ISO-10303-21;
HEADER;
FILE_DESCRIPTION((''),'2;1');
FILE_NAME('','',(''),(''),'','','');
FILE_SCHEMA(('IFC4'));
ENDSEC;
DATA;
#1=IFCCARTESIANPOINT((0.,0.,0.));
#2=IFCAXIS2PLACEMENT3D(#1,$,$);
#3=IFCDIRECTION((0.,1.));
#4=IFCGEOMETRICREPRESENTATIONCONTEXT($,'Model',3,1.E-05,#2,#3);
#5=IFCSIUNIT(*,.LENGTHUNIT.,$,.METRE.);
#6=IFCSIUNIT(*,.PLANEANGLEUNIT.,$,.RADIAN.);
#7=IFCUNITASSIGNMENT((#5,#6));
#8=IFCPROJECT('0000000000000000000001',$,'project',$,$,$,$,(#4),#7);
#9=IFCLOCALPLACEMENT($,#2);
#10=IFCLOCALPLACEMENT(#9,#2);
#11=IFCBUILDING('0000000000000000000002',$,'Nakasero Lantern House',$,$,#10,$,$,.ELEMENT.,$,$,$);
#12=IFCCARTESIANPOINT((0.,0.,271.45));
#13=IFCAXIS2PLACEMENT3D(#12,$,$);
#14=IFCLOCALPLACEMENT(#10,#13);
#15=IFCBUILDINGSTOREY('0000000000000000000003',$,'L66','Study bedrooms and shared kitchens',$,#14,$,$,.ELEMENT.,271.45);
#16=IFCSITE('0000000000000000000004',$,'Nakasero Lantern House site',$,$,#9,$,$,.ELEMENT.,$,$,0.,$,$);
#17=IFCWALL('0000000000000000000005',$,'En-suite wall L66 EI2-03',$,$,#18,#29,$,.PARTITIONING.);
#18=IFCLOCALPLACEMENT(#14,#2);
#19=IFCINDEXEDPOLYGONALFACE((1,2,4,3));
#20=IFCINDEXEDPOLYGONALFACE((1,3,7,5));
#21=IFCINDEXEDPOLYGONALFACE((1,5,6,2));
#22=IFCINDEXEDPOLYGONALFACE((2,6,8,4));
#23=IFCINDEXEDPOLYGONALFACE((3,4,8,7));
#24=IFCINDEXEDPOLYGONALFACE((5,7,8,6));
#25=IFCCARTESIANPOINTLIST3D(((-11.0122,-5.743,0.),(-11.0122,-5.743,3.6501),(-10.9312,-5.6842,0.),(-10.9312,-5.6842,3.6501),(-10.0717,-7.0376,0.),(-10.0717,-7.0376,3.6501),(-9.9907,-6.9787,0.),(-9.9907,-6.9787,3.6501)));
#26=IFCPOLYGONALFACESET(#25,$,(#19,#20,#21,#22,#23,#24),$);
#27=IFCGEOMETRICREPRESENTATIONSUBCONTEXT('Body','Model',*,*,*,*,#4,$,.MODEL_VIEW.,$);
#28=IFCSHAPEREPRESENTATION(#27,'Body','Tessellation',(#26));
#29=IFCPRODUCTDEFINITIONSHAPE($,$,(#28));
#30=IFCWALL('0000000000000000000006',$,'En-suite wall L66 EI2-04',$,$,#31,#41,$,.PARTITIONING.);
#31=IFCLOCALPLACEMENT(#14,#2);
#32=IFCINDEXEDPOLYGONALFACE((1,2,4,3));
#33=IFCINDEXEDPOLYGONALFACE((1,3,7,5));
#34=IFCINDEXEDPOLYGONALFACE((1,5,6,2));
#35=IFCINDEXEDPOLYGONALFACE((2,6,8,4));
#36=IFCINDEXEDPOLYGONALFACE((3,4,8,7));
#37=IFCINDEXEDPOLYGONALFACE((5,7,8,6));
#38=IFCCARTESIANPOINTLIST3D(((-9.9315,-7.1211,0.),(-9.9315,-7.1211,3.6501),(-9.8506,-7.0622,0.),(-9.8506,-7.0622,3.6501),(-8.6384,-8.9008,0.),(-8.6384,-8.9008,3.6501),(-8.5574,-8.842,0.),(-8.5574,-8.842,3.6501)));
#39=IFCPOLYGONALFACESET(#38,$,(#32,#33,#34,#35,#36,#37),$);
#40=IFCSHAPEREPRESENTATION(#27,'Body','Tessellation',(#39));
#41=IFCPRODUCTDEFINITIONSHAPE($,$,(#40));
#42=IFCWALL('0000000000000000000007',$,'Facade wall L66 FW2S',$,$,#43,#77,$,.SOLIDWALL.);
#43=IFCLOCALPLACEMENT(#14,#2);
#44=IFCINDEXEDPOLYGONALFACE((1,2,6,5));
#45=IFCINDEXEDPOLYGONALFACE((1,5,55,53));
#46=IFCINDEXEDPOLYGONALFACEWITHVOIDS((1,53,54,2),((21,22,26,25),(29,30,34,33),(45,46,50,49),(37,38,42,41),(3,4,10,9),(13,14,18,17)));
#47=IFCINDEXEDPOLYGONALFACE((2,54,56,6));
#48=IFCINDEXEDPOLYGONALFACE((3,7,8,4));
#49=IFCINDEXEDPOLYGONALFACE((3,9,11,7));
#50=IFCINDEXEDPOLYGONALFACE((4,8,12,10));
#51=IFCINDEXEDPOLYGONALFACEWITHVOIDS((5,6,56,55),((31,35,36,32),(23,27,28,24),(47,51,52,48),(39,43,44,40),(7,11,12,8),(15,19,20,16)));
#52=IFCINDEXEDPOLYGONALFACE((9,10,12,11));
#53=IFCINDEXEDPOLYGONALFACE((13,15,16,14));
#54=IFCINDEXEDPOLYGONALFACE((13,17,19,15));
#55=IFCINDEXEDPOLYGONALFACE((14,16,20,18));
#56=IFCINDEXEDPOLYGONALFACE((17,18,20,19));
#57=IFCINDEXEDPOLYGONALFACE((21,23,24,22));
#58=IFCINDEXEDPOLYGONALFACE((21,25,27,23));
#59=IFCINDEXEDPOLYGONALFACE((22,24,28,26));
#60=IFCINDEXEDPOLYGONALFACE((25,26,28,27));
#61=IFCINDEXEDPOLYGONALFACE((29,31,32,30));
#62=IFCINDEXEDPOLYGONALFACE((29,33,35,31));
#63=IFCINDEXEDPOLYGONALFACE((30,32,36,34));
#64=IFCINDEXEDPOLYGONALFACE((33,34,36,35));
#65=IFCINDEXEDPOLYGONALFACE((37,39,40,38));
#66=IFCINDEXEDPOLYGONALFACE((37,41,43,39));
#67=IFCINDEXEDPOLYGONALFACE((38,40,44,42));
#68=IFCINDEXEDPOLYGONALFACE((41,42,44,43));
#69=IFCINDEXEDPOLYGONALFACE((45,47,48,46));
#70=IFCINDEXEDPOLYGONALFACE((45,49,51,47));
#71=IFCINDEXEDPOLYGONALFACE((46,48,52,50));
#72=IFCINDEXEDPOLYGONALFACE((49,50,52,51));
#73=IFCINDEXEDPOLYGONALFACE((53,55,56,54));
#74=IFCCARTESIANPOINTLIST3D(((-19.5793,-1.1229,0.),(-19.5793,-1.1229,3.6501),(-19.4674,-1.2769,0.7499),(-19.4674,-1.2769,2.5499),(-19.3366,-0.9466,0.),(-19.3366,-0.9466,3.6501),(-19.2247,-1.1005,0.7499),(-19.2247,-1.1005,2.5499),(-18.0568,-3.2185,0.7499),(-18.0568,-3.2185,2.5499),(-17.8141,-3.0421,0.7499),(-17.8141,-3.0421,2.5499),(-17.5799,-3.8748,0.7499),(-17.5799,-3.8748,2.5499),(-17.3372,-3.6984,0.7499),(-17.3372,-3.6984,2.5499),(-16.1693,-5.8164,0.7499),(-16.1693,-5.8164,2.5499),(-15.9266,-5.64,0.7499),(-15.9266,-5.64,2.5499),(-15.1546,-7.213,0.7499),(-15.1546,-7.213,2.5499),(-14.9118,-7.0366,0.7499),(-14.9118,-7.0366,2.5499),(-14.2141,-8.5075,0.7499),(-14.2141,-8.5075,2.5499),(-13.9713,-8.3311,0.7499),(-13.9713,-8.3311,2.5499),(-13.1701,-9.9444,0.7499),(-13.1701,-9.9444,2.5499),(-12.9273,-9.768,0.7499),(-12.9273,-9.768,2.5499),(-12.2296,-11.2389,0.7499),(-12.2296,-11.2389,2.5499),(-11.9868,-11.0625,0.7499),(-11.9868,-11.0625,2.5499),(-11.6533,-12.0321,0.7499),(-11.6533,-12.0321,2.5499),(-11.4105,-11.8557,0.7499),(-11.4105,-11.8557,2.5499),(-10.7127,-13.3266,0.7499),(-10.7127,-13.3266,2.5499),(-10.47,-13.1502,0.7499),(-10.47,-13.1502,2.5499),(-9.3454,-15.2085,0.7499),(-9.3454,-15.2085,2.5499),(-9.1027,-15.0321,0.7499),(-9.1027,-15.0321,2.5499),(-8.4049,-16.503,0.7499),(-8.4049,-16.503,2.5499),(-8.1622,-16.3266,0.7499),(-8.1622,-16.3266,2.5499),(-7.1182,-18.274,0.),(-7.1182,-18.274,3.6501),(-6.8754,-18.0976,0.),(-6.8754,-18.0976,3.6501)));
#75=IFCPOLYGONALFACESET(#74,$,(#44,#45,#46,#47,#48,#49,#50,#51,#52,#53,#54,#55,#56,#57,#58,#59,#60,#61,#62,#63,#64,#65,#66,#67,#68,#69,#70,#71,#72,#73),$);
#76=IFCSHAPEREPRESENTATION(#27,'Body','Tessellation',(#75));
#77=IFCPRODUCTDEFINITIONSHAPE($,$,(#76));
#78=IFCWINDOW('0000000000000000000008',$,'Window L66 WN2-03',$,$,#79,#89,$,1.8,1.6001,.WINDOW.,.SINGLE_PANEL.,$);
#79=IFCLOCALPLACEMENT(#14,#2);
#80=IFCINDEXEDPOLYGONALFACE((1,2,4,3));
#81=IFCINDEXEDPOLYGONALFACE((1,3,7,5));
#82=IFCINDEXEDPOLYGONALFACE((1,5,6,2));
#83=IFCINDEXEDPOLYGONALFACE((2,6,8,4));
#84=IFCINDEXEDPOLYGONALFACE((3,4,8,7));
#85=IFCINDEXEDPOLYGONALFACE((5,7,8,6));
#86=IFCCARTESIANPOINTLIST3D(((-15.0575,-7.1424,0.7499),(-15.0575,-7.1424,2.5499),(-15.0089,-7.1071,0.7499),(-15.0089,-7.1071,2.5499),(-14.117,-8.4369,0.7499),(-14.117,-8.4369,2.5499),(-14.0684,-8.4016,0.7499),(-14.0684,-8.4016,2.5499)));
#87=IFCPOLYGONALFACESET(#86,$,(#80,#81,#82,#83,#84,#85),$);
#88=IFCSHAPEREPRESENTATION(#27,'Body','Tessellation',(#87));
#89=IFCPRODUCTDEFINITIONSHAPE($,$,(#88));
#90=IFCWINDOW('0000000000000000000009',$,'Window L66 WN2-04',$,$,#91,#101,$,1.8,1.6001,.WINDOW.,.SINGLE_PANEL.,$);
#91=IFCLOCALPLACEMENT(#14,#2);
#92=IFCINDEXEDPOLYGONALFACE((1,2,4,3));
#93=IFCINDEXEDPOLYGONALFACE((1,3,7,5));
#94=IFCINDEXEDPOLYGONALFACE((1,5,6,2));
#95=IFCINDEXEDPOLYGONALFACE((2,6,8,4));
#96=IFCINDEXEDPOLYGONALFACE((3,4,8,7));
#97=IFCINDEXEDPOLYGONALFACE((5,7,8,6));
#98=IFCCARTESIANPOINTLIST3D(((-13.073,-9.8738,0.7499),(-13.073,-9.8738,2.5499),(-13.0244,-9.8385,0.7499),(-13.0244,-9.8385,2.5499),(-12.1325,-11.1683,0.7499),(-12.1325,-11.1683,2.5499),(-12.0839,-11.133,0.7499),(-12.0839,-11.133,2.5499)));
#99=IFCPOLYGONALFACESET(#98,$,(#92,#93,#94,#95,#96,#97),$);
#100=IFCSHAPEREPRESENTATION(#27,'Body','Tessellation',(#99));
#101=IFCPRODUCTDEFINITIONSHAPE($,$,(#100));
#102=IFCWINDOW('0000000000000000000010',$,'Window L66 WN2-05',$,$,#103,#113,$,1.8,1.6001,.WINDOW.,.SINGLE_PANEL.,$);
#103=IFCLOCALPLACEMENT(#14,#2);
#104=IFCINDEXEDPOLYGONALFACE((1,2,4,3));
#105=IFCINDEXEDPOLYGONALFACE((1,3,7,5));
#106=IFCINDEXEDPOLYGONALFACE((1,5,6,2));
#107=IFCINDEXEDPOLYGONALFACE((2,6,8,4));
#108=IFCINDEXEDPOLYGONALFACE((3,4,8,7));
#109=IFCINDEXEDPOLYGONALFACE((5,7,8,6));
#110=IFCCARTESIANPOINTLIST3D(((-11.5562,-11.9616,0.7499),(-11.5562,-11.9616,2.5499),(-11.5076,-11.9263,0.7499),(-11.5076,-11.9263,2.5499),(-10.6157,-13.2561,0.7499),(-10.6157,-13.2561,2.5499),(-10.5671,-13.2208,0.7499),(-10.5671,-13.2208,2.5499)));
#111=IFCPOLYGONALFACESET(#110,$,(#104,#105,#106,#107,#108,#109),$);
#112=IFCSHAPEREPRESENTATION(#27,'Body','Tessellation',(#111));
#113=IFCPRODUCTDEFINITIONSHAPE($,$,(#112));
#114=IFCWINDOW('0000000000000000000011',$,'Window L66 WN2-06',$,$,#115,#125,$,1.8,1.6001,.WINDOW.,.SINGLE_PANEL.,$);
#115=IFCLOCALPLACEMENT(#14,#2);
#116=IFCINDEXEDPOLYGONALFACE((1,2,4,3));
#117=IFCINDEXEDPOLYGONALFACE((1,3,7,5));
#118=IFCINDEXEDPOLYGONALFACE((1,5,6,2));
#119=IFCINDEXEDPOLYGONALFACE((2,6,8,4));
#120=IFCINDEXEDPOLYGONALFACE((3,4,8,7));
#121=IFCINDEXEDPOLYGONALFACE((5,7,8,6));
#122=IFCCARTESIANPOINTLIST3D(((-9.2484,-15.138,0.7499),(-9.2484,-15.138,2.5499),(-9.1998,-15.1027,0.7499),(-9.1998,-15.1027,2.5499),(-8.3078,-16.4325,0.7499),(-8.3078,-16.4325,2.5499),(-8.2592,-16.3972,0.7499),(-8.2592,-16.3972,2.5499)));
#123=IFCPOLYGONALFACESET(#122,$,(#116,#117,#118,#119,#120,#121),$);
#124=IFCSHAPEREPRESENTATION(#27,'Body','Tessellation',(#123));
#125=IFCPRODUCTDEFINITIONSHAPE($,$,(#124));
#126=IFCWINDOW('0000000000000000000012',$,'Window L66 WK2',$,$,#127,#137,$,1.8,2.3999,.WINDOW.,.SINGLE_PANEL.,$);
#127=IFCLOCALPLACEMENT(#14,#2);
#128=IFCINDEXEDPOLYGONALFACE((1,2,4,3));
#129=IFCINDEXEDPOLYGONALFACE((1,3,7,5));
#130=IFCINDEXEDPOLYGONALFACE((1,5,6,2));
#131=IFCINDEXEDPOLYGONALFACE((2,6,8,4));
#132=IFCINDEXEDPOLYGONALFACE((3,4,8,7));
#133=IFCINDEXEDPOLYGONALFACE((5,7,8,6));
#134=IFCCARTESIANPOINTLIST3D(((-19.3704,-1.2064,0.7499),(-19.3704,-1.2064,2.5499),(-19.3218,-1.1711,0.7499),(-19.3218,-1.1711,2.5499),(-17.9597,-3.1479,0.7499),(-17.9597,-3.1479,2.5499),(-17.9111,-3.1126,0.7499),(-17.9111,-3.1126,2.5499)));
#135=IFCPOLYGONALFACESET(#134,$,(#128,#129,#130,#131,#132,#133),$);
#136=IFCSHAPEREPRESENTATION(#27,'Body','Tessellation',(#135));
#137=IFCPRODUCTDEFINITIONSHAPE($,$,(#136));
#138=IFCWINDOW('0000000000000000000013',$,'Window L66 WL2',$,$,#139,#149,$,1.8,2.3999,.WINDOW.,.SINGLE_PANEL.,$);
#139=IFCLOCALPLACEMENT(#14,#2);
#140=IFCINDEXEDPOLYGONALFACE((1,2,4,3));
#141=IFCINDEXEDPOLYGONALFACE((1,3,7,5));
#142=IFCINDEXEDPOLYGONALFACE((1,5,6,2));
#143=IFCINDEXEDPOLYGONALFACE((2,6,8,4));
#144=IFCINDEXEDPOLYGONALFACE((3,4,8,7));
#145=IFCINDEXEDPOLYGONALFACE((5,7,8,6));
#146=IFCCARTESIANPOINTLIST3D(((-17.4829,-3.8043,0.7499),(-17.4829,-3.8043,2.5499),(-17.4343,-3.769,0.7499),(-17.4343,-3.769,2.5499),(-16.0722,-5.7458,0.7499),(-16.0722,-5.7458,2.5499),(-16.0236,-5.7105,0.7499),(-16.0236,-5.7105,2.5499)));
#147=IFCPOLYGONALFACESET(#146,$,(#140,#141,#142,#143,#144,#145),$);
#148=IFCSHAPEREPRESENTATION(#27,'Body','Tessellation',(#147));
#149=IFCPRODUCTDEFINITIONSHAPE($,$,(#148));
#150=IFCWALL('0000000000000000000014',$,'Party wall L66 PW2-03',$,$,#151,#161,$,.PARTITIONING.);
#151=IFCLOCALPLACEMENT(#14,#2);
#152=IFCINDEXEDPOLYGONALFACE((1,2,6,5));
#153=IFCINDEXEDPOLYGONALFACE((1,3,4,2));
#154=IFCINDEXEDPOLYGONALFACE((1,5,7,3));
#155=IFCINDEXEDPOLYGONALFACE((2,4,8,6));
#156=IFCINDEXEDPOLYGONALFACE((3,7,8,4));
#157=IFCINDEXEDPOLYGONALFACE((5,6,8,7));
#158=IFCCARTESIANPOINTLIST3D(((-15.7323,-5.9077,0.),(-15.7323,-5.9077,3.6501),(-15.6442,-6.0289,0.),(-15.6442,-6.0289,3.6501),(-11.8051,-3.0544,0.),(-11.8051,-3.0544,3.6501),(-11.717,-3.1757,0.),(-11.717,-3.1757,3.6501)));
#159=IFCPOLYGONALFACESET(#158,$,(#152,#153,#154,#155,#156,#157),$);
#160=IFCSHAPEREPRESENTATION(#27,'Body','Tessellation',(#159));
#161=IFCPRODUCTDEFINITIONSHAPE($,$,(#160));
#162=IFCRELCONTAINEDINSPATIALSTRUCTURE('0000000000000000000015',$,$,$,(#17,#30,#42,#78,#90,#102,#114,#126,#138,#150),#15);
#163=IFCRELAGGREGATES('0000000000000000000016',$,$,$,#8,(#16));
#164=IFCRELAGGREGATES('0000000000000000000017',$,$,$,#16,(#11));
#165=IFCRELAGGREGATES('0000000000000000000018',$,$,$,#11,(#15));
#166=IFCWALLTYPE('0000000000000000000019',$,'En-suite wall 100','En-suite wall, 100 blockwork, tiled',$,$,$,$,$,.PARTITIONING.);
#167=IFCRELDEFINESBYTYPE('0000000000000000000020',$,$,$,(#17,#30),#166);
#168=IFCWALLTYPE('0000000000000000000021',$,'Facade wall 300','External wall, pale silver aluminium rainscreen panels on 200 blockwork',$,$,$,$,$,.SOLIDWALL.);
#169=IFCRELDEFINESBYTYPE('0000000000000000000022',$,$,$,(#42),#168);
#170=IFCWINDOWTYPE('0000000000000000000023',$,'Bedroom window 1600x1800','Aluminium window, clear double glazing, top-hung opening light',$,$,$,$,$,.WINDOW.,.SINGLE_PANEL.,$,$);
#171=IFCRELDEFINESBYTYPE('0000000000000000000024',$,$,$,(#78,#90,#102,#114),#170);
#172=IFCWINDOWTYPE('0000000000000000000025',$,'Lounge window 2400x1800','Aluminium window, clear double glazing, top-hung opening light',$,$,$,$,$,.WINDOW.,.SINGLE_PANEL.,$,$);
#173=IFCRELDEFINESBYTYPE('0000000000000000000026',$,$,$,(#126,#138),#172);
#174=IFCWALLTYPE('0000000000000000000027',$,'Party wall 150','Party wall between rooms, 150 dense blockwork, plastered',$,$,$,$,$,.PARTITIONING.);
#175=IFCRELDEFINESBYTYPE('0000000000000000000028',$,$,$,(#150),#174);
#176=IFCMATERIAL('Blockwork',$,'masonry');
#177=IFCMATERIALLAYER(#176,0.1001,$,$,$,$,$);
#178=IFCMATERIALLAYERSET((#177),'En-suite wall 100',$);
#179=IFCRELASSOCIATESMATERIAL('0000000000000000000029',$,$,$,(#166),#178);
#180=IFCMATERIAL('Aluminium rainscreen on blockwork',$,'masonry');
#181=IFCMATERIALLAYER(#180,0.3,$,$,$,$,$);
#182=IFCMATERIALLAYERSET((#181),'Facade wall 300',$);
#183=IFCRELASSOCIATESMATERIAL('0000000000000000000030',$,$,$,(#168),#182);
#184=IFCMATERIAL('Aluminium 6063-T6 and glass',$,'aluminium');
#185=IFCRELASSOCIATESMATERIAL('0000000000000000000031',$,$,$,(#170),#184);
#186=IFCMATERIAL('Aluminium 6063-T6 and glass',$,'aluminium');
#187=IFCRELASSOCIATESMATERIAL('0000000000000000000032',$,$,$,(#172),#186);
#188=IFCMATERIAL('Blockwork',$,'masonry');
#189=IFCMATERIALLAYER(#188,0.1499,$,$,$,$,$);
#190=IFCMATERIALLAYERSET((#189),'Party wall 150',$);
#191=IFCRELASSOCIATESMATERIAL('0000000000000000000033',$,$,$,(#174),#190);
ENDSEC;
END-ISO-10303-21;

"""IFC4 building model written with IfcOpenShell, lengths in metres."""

from ifc_helpers import new_model, si_unit, direction, frame, frame_2d, origin, place, context, subcontext, project, spatial, rectangle, extrude, material, layer, layer_set, type_object, element, fill, save


model = new_model("IFC4")

# Units and contexts
model_context = context("Model", 3, precision=1e-05, world=origin(), true_north=direction((0.0, 1.0)))
body_context = subcontext(model_context, "Body", "Model", "MODEL_VIEW")
ifc_project = project(units=[si_unit("LENGTHUNIT", "METRE"), si_unit("PLANEANGLEUNIT", "RADIAN")], contexts=[model_context])

# Site, building, storey
site_placement = place(None, origin())
site = spatial("IfcSite", under=ifc_project, at=site_placement, Name="Nakasero Lantern House site", CompositionType="ELEMENT", RefElevation=0.0)
building_placement = place(site_placement, origin())
building = spatial("IfcBuilding", under=site, at=building_placement, Name="Nakasero Lantern House", CompositionType="ELEMENT")
storey_placement = place(building_placement, frame((0.0, 0.0, 271.45)))
storey = spatial("IfcBuildingStorey", under=building, at=storey_placement, Name="L66", Description="Study bedrooms and shared kitchens", CompositionType="ELEMENT", Elevation=271.45)

# Shared definitions
ifc_material_1 = material(Name="Blockwork", Category="masonry")
ifc_layer_1 = layer(ifc_material_1, 0.1001)
ifc_layer_set_1 = layer_set([ifc_layer_1], Name="En-suite wall 100")
wall_type_1 = type_object("IfcWallType", Name="En-suite wall 100", Description="En-suite wall, 100 blockwork, tiled", PredefinedType="PARTITIONING", material=ifc_layer_set_1)

# Walls
for number, where, z_axis, x_axis, name in (
    (1, (-10.9717, -5.7136, 0.0), (0.0, 0.0, 1.0), (0.587772, -0.809026, 0.0), "En-suite wall L66 EI2-03"),
):
    element("IfcWall", number, at=place(storey_placement, frame(where, z_axis=z_axis, x_axis=x_axis)), inside=storey, type_object=wall_type_1, Name=name, PredefinedType="PARTITIONING", context=body_context, shape_type="SweptSolid", body=[
        extrude(rectangle(XDim=1.6001, YDim=0.1001, at=frame_2d((0.8, 0.0))), origin(), (0.0, 0.0, 1.0), 3.6501),
    ])
wall_1_placement = place(storey_placement, frame((-9.8911, -7.0916, 0.0), z_axis=(0.0, 0.0, 1.0), x_axis=(0.587822, -0.80899, 0.0)))
element("IfcWall", 2, at=wall_1_placement, inside=storey, type_object=wall_type_1, Name="En-suite wall L66 EI2-04", PredefinedType="PARTITIONING", context=body_context, shape_type="SweptSolid", body=[
    extrude(rectangle(XDim=2.2, YDim=0.1001, at=frame_2d((1.1001, 0.0))), origin(), (0.0, 0.0, 1.0), 3.6501),
])

# Wall, openings, windows
ifc_material_2 = material(Name="Aluminium rainscreen on blockwork", Category="masonry")
ifc_layer_2 = layer(ifc_material_2, 0.3)
ifc_layer_set_2 = layer_set([ifc_layer_2], Name="Facade wall 300")
wall_type_2 = type_object("IfcWallType", Name="Facade wall 300", Description="External wall, pale silver aluminium rainscreen panels on 200 blockwork", PredefinedType="SOLIDWALL", material=ifc_layer_set_2)
wall_2_placement = place(storey_placement, frame((-19.458, -1.0347, 0.0), z_axis=(0.0, 0.0, 1.0), x_axis=(0.58779, -0.809013, 0.0)))
wall_2 = element("IfcWall", 3, at=wall_2_placement, inside=storey, type_object=wall_type_2, Name="Facade wall L66 FW2S", PredefinedType="SOLIDWALL", context=body_context, shape_type="SweptSolid", body=[
    extrude(rectangle(XDim=21.2, YDim=0.3, at=frame_2d((10.6001, 0.0))), origin(), (0.0, 0.0, 1.0), 3.6501),
])
opening_1_placement = place(wall_2_placement, frame((7.5278, 0.0, 0.75)))
opening_1 = element("IfcOpeningElement", 4, at=opening_1_placement, cuts=wall_2, PredefinedType="OPENING", context=body_context, shape_type="SweptSolid", body=[
    extrude(rectangle(XDim=1.6001, YDim=1.8, at=frame_2d((0.8, 0.8999))), frame((0.0, 0.1699, 0.0), z_axis=(0.0, -1.0, 0.0), x_axis=(1.0, 0.0, 0.0)), (0.0, 0.0, 1.0), 0.3401),
])
opening_2_placement = place(wall_2_placement, frame((10.9041, 0.0, 0.75)))
opening_2 = element("IfcOpeningElement", 5, at=opening_2_placement, cuts=wall_2, PredefinedType="OPENING", context=body_context, shape_type="SweptSolid", body=[
    extrude(rectangle(XDim=1.6001, YDim=1.8, at=frame_2d((0.8, 0.8999))), frame((0.0, 0.1699, 0.0), z_axis=(0.0, -1.0, 0.0), x_axis=(1.0, 0.0, 0.0)), (0.0, 0.0, 1.0), 0.3401),
])
opening_3_placement = place(wall_2_placement, frame((13.4846, 0.0, 0.75)))
opening_3 = element("IfcOpeningElement", 6, at=opening_3_placement, cuts=wall_2, PredefinedType="OPENING", context=body_context, shape_type="SweptSolid", body=[
    extrude(rectangle(XDim=1.6001, YDim=1.8, at=frame_2d((0.8, 0.8999))), frame((0.0, 0.1699, 0.0), z_axis=(0.0, -1.0, 0.0), x_axis=(1.0, 0.0, 0.0)), (0.0, 0.0, 1.0), 0.3401),
])
opening_4_placement = place(wall_2_placement, frame((17.4109, 0.0, 0.75)))
opening_4 = element("IfcOpeningElement", 7, at=opening_4_placement, cuts=wall_2, PredefinedType="OPENING", context=body_context, shape_type="SweptSolid", body=[
    extrude(rectangle(XDim=1.6001, YDim=1.8, at=frame_2d((0.8, 0.8999))), frame((0.0, 0.1699, 0.0), z_axis=(0.0, -1.0, 0.0), x_axis=(1.0, 0.0, 0.0)), (0.0, 0.0, 1.0), 0.3401),
])
opening_5_placement = place(wall_2_placement, frame((0.1904, 0.0, 0.75)))
opening_5 = element("IfcOpeningElement", 8, at=opening_5_placement, cuts=wall_2, PredefinedType="OPENING", context=body_context, shape_type="SweptSolid", body=[
    extrude(rectangle(XDim=2.3999, YDim=1.8, at=frame_2d((1.2, 0.8999))), frame((0.0, 0.1699, 0.0), z_axis=(0.0, -1.0, 0.0), x_axis=(1.0, 0.0, 0.0)), (0.0, 0.0, 1.0), 0.3401),
])
opening_6_placement = place(wall_2_placement, frame((3.4016, 0.0, 0.75)))
opening_6 = element("IfcOpeningElement", 9, at=opening_6_placement, cuts=wall_2, PredefinedType="OPENING", context=body_context, shape_type="SweptSolid", body=[
    extrude(rectangle(XDim=2.3999, YDim=1.8, at=frame_2d((1.2, 0.8999))), frame((0.0, 0.1699, 0.0), z_axis=(0.0, -1.0, 0.0), x_axis=(1.0, 0.0, 0.0)), (0.0, 0.0, 1.0), 0.3401),
])
ifc_material_3 = material(Name="Aluminium 6063-T6 and glass", Category="aluminium")
window_type_1 = type_object("IfcWindowType", Name="Bedroom window 1600x1800", Description="Aluminium window, clear double glazing, top-hung opening light", PartitioningType="SINGLE_PANEL", PredefinedType="WINDOW", material=ifc_material_3)
window_1_placement = place(opening_1_placement, origin())
window_1 = element("IfcWindow", 10, at=window_1_placement, inside=storey, type_object=window_type_1, Name="Window L66 WN2-03", OverallHeight=1.8, OverallWidth=1.6001, PartitioningType="SINGLE_PANEL", PredefinedType="WINDOW", context=body_context, shape_type="SweptSolid", body=[
    extrude(rectangle(XDim=1.6001, YDim=1.8, at=frame_2d((0.8, 0.8999))), frame((0.0, 0.03, 0.0), z_axis=(0.0, -1.0, 0.0), x_axis=(1.0, 0.0, 0.0)), (0.0, 0.0, 1.0), 0.0601),
])
fill(opening_1, window_1)
window_2_placement = place(opening_2_placement, origin())
window_2 = element("IfcWindow", 11, at=window_2_placement, inside=storey, type_object=window_type_1, Name="Window L66 WN2-04", OverallHeight=1.8, OverallWidth=1.6001, PartitioningType="SINGLE_PANEL", PredefinedType="WINDOW", context=body_context, shape_type="SweptSolid", body=[
    extrude(rectangle(XDim=1.6001, YDim=1.8, at=frame_2d((0.8, 0.8999))), frame((0.0, 0.03, 0.0), z_axis=(0.0, -1.0, 0.0), x_axis=(1.0, 0.0, 0.0)), (0.0, 0.0, 1.0), 0.0601),
])
fill(opening_2, window_2)
window_3_placement = place(opening_3_placement, origin())
window_3 = element("IfcWindow", 12, at=window_3_placement, inside=storey, type_object=window_type_1, Name="Window L66 WN2-05", OverallHeight=1.8, OverallWidth=1.6001, PartitioningType="SINGLE_PANEL", PredefinedType="WINDOW", context=body_context, shape_type="SweptSolid", body=[
    extrude(rectangle(XDim=1.6001, YDim=1.8, at=frame_2d((0.8, 0.8999))), frame((0.0, 0.03, 0.0), z_axis=(0.0, -1.0, 0.0), x_axis=(1.0, 0.0, 0.0)), (0.0, 0.0, 1.0), 0.0601),
])
fill(opening_3, window_3)
window_4_placement = place(opening_4_placement, origin())
window_4 = element("IfcWindow", 13, at=window_4_placement, inside=storey, type_object=window_type_1, Name="Window L66 WN2-06", OverallHeight=1.8, OverallWidth=1.6001, PartitioningType="SINGLE_PANEL", PredefinedType="WINDOW", context=body_context, shape_type="SweptSolid", body=[
    extrude(rectangle(XDim=1.6001, YDim=1.8, at=frame_2d((0.8, 0.8999))), frame((0.0, 0.03, 0.0), z_axis=(0.0, -1.0, 0.0), x_axis=(1.0, 0.0, 0.0)), (0.0, 0.0, 1.0), 0.0601),
])
fill(opening_4, window_4)
ifc_material_4 = material(Name="Aluminium 6063-T6 and glass", Category="aluminium")
window_type_2 = type_object("IfcWindowType", Name="Lounge window 2400x1800", Description="Aluminium window, clear double glazing, top-hung opening light", PartitioningType="SINGLE_PANEL", PredefinedType="WINDOW", material=ifc_material_4)
window_5_placement = place(opening_5_placement, origin())
window_5 = element("IfcWindow", 14, at=window_5_placement, inside=storey, type_object=window_type_2, Name="Window L66 WK2", OverallHeight=1.8, OverallWidth=2.3999, PartitioningType="SINGLE_PANEL", PredefinedType="WINDOW", context=body_context, shape_type="SweptSolid", body=[
    extrude(rectangle(XDim=2.3999, YDim=1.8, at=frame_2d((1.2, 0.8999))), frame((0.0, 0.03, 0.0), z_axis=(0.0, -1.0, 0.0), x_axis=(1.0, 0.0, 0.0)), (0.0, 0.0, 1.0), 0.0601),
])
fill(opening_5, window_5)
window_6_placement = place(opening_6_placement, origin())
window_6 = element("IfcWindow", 15, at=window_6_placement, inside=storey, type_object=window_type_2, Name="Window L66 WL2", OverallHeight=1.8, OverallWidth=2.3999, PartitioningType="SINGLE_PANEL", PredefinedType="WINDOW", context=body_context, shape_type="SweptSolid", body=[
    extrude(rectangle(XDim=2.3999, YDim=1.8, at=frame_2d((1.2, 0.8999))), frame((0.0, 0.03, 0.0), z_axis=(0.0, -1.0, 0.0), x_axis=(1.0, 0.0, 0.0)), (0.0, 0.0, 1.0), 0.0601),
])
fill(opening_6, window_6)

# Wall
ifc_material_5 = material(Name="Blockwork", Category="masonry")
ifc_layer_3 = layer(ifc_material_5, 0.1499)
ifc_layer_set_3 = layer_set([ifc_layer_3], Name="Party wall 150")
wall_type_3 = type_object("IfcWallType", Name="Party wall 150", Description="Party wall between rooms, 150 dense blockwork, plastered", PredefinedType="PARTITIONING", material=ifc_layer_set_3)
wall_3_placement = place(storey_placement, frame((-11.761, -3.115, 0.0), z_axis=(0.0, 0.0, 1.0), x_axis=(-0.809021, -0.58778, 0.0)))
element("IfcWall", 16, at=wall_3_placement, inside=storey, type_object=wall_type_3, Name="Party wall L66 PW2-03", PredefinedType="PARTITIONING", context=body_context, shape_type="SweptSolid", body=[
    extrude(rectangle(XDim=4.8542, YDim=0.1499, at=frame_2d((2.4272, 0.0))), origin(), (0.0, 0.0, 1.0), 3.6501),
])

save(model, "model.ifc")
